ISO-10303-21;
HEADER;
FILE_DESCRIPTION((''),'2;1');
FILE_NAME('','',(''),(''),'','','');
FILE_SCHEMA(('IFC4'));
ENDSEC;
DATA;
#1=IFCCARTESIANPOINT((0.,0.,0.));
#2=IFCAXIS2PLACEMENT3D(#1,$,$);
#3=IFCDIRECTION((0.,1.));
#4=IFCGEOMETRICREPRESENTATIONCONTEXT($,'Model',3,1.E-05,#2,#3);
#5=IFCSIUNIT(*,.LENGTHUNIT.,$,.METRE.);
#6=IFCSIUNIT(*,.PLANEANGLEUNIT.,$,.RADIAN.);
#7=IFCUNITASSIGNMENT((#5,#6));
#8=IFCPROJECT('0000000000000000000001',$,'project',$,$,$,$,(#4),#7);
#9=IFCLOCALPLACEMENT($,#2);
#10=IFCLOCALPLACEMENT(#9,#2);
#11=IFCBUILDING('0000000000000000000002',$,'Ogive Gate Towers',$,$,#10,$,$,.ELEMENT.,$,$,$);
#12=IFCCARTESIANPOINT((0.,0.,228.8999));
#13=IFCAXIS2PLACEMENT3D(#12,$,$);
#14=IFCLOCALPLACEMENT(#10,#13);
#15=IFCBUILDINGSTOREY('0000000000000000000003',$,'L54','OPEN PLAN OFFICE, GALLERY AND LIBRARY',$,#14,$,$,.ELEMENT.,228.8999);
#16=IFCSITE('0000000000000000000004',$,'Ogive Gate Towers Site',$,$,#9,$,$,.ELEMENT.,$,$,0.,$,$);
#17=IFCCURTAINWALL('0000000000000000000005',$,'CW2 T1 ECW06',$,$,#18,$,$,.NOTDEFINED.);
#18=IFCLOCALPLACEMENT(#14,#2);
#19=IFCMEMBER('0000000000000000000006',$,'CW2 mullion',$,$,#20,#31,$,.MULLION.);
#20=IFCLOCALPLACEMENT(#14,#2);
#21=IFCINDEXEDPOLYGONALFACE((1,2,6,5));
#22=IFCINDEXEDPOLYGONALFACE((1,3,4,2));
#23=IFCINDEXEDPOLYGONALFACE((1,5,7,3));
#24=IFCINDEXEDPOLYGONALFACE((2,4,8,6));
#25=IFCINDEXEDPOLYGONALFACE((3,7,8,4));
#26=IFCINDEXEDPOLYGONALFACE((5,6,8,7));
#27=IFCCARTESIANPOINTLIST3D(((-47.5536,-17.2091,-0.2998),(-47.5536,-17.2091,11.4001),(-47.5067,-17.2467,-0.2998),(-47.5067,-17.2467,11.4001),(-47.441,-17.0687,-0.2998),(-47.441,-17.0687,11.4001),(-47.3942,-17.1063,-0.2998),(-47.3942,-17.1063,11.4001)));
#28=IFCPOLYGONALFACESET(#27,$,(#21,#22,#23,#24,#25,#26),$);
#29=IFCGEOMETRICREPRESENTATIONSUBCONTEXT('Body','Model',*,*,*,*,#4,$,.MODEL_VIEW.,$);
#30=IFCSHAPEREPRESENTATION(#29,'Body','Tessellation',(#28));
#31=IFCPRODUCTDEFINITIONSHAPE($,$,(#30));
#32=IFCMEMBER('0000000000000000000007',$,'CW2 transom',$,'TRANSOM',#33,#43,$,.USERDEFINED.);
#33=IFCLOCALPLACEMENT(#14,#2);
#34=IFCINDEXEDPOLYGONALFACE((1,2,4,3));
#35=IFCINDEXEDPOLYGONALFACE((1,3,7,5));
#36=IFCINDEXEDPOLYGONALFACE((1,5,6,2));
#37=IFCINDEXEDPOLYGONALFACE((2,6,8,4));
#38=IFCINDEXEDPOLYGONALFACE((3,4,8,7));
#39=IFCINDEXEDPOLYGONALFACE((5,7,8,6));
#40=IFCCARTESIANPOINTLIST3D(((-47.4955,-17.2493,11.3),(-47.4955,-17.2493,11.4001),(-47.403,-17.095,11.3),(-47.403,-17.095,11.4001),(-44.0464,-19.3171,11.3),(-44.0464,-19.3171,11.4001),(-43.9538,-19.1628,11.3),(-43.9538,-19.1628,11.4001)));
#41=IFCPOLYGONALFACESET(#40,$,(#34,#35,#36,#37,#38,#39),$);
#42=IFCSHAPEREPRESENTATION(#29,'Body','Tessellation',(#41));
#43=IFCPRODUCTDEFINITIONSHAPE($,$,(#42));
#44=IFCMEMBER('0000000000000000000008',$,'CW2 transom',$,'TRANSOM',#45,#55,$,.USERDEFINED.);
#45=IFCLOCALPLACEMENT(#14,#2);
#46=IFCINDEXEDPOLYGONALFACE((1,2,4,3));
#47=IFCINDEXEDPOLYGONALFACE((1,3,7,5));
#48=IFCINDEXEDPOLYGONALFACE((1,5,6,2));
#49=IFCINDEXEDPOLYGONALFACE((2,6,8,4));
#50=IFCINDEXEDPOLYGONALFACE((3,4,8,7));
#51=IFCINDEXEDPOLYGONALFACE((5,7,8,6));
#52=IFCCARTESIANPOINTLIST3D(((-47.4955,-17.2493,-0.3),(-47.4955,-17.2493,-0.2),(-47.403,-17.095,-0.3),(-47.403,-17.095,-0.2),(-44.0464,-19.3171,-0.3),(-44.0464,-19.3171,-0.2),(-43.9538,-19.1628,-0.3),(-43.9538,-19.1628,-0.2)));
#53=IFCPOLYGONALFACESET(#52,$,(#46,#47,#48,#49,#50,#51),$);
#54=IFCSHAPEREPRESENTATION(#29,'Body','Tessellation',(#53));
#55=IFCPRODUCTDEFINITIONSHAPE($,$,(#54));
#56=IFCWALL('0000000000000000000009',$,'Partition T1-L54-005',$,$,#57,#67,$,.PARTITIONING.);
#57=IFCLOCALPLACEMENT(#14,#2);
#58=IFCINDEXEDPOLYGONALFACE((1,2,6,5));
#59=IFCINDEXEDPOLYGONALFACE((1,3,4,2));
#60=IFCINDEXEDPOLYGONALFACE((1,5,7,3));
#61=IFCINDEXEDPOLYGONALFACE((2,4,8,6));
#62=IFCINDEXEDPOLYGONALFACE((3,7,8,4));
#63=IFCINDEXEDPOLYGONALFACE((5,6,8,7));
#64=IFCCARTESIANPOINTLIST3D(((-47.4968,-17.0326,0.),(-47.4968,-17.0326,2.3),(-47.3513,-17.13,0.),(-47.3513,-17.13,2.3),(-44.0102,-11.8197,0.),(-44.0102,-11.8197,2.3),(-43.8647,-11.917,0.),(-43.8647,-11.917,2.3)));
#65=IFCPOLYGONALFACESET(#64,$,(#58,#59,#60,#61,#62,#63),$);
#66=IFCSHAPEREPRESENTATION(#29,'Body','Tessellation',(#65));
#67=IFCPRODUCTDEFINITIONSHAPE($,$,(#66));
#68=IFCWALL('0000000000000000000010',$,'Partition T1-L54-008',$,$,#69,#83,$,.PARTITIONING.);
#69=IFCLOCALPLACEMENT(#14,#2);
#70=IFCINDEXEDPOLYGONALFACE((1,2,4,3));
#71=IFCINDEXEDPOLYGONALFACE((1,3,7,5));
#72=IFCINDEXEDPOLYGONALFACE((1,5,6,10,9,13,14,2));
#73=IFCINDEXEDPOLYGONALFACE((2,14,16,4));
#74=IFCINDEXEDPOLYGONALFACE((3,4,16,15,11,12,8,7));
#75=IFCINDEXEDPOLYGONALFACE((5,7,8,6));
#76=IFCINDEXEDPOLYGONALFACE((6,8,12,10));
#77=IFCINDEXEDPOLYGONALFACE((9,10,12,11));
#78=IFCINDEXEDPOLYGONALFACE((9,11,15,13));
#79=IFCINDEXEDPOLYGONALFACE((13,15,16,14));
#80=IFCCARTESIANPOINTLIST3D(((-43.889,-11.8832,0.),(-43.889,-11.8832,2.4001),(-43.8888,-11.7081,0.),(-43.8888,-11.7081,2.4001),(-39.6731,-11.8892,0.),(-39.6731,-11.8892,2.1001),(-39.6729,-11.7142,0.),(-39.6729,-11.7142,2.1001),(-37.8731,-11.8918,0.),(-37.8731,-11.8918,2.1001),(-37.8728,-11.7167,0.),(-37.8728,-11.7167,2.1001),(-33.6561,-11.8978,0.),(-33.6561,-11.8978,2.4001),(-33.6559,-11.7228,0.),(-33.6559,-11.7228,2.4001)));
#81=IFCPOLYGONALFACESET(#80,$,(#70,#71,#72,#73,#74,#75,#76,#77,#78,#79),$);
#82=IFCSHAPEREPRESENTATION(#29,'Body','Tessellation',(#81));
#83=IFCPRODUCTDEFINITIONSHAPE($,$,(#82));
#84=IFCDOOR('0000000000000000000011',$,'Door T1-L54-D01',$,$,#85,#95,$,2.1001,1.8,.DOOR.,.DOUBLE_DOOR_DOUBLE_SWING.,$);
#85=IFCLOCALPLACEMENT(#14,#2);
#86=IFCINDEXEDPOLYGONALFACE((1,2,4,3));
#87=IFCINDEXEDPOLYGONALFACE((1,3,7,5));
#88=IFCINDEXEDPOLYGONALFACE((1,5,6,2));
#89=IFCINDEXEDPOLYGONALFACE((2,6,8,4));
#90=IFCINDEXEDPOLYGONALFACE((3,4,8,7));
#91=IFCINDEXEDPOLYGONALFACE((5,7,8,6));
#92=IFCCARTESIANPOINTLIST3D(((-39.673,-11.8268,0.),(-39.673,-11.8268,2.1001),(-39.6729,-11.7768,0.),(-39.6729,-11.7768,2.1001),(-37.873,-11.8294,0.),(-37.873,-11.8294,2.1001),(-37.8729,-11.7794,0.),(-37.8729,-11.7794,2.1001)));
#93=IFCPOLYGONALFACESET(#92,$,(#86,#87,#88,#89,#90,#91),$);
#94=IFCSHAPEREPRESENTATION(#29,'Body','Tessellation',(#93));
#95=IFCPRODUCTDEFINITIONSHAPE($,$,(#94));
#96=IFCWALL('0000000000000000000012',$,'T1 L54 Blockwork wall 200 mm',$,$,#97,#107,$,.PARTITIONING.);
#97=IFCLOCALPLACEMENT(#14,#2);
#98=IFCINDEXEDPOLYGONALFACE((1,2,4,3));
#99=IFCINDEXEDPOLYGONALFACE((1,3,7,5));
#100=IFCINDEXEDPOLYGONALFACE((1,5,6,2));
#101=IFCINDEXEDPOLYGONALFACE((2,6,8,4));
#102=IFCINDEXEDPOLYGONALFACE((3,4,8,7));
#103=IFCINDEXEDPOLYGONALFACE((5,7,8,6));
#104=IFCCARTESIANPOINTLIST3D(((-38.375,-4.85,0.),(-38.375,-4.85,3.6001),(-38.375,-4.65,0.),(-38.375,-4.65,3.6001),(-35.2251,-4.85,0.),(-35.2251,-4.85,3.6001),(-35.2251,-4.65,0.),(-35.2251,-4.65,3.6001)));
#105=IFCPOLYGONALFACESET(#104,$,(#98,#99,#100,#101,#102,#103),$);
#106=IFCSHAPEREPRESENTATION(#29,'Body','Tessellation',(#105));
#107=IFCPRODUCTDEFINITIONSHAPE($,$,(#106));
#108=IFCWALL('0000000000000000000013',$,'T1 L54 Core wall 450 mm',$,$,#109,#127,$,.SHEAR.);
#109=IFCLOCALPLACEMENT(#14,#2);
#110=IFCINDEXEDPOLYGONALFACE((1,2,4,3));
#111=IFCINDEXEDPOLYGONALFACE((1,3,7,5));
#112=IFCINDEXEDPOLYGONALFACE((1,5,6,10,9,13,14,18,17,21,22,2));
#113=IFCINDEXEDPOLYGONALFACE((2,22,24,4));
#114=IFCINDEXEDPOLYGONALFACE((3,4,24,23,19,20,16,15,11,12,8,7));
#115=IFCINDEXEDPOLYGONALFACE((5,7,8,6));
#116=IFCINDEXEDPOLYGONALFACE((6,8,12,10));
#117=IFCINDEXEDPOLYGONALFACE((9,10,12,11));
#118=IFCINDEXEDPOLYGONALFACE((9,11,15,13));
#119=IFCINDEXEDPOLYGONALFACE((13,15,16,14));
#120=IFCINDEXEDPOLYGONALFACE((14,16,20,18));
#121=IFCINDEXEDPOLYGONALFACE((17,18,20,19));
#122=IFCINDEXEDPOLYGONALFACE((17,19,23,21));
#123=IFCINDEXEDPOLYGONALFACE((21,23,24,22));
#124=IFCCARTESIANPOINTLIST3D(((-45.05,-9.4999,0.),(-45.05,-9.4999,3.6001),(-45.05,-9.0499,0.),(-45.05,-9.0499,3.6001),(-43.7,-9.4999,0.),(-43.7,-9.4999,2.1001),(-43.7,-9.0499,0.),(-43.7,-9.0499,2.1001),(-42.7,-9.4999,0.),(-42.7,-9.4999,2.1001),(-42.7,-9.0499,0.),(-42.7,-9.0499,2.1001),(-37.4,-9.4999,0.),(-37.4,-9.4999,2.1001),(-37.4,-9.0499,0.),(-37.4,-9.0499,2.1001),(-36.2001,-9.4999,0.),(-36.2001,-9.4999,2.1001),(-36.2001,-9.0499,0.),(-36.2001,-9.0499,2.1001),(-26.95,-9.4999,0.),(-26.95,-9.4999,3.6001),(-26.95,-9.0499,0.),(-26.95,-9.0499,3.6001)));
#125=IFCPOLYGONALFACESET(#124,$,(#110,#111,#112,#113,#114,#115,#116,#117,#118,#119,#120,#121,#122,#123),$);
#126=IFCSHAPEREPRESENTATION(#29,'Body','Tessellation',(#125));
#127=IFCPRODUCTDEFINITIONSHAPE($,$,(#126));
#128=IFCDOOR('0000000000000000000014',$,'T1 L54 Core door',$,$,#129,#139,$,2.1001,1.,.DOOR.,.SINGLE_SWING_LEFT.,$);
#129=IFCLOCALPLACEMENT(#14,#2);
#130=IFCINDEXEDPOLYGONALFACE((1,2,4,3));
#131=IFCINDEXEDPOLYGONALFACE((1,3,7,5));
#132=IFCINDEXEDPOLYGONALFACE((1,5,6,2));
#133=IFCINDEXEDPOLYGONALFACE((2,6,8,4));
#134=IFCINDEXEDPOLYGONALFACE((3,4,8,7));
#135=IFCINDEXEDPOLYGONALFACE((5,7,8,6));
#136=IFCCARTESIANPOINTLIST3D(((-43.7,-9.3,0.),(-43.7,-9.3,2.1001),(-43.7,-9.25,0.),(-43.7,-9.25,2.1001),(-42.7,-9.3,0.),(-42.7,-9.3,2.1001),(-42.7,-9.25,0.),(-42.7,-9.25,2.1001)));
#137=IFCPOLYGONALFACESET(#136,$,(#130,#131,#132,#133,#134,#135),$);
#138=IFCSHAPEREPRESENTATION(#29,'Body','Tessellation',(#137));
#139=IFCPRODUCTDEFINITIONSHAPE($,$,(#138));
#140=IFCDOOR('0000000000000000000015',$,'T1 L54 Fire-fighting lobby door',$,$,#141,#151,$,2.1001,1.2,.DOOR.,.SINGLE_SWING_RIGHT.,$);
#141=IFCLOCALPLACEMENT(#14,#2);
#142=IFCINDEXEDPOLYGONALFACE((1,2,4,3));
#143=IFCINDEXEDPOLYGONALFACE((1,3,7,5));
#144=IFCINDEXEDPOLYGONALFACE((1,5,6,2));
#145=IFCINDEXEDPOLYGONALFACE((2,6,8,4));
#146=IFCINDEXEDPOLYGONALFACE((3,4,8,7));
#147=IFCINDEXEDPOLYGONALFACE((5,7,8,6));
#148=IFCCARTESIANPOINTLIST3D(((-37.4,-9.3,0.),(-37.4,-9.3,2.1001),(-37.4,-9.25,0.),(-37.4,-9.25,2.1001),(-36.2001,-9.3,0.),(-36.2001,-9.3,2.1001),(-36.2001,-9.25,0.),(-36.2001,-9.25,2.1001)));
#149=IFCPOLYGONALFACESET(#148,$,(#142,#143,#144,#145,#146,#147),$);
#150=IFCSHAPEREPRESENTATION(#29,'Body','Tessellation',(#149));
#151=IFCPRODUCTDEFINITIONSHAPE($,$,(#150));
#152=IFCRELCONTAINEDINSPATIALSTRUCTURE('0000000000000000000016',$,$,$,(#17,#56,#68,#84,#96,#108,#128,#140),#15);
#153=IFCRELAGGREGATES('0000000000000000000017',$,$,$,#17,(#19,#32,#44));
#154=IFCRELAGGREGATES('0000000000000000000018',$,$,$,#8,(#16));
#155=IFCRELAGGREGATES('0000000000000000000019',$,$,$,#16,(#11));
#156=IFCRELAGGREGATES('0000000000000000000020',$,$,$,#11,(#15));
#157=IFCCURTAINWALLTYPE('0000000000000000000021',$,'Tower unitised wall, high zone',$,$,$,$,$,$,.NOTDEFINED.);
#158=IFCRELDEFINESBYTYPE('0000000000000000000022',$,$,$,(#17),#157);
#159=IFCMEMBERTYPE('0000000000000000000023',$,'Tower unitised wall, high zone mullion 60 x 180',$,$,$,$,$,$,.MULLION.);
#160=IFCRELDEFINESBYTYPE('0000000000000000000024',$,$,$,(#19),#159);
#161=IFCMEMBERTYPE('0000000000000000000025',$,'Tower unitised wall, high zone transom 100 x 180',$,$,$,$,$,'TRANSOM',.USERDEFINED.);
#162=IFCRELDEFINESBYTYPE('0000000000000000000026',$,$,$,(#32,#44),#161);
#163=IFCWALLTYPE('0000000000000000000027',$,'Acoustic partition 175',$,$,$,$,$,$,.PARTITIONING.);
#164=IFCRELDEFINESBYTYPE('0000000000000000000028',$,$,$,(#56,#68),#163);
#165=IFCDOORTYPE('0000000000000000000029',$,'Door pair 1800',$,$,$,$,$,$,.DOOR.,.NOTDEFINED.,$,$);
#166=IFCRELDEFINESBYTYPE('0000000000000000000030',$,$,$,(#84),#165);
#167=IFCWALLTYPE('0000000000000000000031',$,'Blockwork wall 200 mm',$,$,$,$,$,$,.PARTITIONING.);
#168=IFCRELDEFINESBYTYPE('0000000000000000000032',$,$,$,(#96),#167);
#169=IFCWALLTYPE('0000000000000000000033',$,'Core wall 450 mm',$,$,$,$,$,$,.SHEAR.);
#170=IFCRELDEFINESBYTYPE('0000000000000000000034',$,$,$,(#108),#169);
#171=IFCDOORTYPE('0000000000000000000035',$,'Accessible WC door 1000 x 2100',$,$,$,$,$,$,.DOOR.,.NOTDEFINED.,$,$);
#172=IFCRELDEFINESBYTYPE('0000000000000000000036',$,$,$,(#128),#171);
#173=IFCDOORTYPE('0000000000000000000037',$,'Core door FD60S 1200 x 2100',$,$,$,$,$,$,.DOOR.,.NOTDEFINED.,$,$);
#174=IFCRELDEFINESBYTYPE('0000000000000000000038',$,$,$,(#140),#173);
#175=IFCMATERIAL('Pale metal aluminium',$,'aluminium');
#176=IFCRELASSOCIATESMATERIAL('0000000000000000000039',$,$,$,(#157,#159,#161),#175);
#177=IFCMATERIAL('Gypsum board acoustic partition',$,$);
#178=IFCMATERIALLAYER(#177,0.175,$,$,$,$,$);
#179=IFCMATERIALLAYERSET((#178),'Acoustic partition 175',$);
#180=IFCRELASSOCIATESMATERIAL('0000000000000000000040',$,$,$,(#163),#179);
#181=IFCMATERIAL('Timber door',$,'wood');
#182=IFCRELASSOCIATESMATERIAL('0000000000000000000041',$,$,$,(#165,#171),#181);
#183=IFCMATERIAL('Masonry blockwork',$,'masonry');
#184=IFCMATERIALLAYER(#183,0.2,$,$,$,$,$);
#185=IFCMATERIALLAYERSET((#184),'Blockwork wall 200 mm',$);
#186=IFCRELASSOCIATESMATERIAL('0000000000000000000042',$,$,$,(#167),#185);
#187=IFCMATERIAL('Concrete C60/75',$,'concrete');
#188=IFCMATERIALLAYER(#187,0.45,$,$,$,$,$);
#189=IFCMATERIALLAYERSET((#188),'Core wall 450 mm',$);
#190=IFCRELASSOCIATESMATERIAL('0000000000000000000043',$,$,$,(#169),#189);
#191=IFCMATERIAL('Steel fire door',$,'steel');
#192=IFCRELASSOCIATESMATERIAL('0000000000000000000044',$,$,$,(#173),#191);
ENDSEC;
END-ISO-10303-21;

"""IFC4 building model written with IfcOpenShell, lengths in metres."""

from ifc_helpers import new_model, si_unit, direction, frame, frame_2d, origin, origin_2d, place, context, subcontext, project, spatial, rectangle, extrude, material, layer, layer_set, material_profile, profile_set, type_object, element, fill, aggregate, save


model = new_model("IFC4")

# Units and contexts
model_context = context("Model", 3, precision=1e-05, world=origin(), true_north=direction((0.0, 1.0)))
body_context = subcontext(model_context, "Body", "Model", "MODEL_VIEW")
ifc_project = project(units=[si_unit("LENGTHUNIT", "METRE"), si_unit("PLANEANGLEUNIT", "RADIAN")], contexts=[model_context])

# Site, building, storey
site_placement = place(None, origin())
site = spatial("IfcSite", under=ifc_project, at=site_placement, Name="Ogive Gate Towers Site", CompositionType="ELEMENT", RefElevation=0.0)
building_placement = place(site_placement, origin())
building = spatial("IfcBuilding", under=site, at=building_placement, Name="Ogive Gate Towers", CompositionType="ELEMENT")
storey_placement = place(building_placement, frame((0.0, 0.0, 228.8999)))
storey = spatial("IfcBuildingStorey", under=building, at=storey_placement, Name="L54", Description="OPEN PLAN OFFICE, GALLERY AND LIBRARY", CompositionType="ELEMENT", Elevation=228.8999)

# Curtain wall, members
ifc_material_1 = material(Name="Pale metal aluminium", Category="aluminium")
curtain_wall_type = type_object("IfcCurtainWallType", Name="Tower unitised wall, high zone", PredefinedType="NOTDEFINED", material=ifc_material_1)
curtain_wall_placement = place(storey_placement, origin())
curtain_wall = element("IfcCurtainWall", 1, at=curtain_wall_placement, inside=storey, type_object=curtain_wall_type, Name="CW2 T1 ECW06", PredefinedType="NOTDEFINED")
ifc_material_profile_1 = material_profile(ifc_material_1, rectangle(XDim=0.1799, YDim=0.0601, at=origin_2d()), Name="60 x 180 aluminium box")
ifc_profile_set_1 = profile_set([ifc_material_profile_1], Name="Pale metal aluminium")
member_type_1 = type_object("IfcMemberType", Name="Tower unitised wall, high zone mullion 60 x 180", PredefinedType="MULLION", material=ifc_profile_set_1)
member_1_placement = place(storey_placement, frame((-47.4739, -17.1577, -0.2998), z_axis=(0.0, 0.0, 1.0), x_axis=(-0.625529, -0.780201, 0.0)))
member_1 = element("IfcMember", 2, at=member_1_placement, type_object=member_type_1, Name="CW2 mullion", PredefinedType="MULLION", context=body_context, shape_type="SweptSolid", body=[
    extrude(rectangle(XDim=0.1799, YDim=0.0601, at=origin_2d()), origin(), (0.0, 0.0, 1.0), 11.7),
])
ifc_material_profile_2 = material_profile(ifc_material_1, rectangle(XDim=0.1799, YDim=0.1001, at=origin_2d()), Name="100 x 180 aluminium box")
ifc_profile_set_2 = profile_set([ifc_material_profile_2], Name="Pale metal aluminium")
member_type_2 = type_object("IfcMemberType", Name="Tower unitised wall, high zone transom 100 x 180", ElementType="TRANSOM", PredefinedType="USERDEFINED", material=ifc_profile_set_2)
member_2_placement = place(storey_placement, frame((-47.4492, -17.1721, 11.3501), z_axis=(0.857675, -0.514192, 0.0), x_axis=(0.514192, 0.857675, 0.0)))
member_2 = element("IfcMember", 3, at=member_2_placement, type_object=member_type_2, Name="CW2 transom", ObjectType="TRANSOM", PredefinedType="USERDEFINED", context=body_context, shape_type="SweptSolid", body=[
    extrude(rectangle(XDim=0.1799, YDim=0.1001, at=origin_2d()), origin(), (0.0, 0.0, 1.0), 4.0215),
])
member_3_placement = place(storey_placement, frame((-47.4492, -17.1721, -0.25), z_axis=(0.857675, -0.514192, 0.0), x_axis=(0.514192, 0.857675, 0.0)))
member_3 = element("IfcMember", 4, at=member_3_placement, type_object=member_type_2, Name="CW2 transom", ObjectType="TRANSOM", PredefinedType="USERDEFINED", context=body_context, shape_type="SweptSolid", body=[
    extrude(rectangle(XDim=0.1799, YDim=0.1001, at=origin_2d()), origin(), (0.0, 0.0, 1.0), 4.0215),
])
aggregate(curtain_wall, [member_1, member_2, member_3])

# Wall
ifc_material_2 = material(Name="Gypsum board acoustic partition")
ifc_layer_1 = layer(ifc_material_2, 0.175)
ifc_layer_set_1 = layer_set([ifc_layer_1], Name="Acoustic partition 175")
wall_type_1 = type_object("IfcWallType", Name="Acoustic partition 175", PredefinedType="PARTITIONING", material=ifc_layer_set_1)
wall_1_placement = place(storey_placement, frame((-47.4241, -17.0813, 0.0), z_axis=(0.0, 0.0, 1.0), x_axis=(0.555948, 0.831217, 0.0)))
element("IfcWall", 5, at=wall_1_placement, inside=storey, type_object=wall_type_1, Name="Partition T1-L54-005", PredefinedType="PARTITIONING", context=body_context, shape_type="SweptSolid", body=[
    extrude(rectangle(XDim=6.2715, YDim=0.175, at=frame_2d((3.1357, 0.0))), origin(), (0.0, 0.0, 1.0), 2.3),
])

# Wall, opening, door
wall_2_placement = place(storey_placement, frame((-43.8889, -11.7957, 0.0), z_axis=(0.0, 0.0, 1.0), x_axis=(0.999999, -0.001432, 0.0)))
wall_2 = element("IfcWall", 6, at=wall_2_placement, inside=storey, type_object=wall_type_1, Name="Partition T1-L54-008", PredefinedType="PARTITIONING", context=body_context, shape_type="SweptSolid", body=[
    extrude(rectangle(XDim=10.2329, YDim=0.175, at=frame_2d((5.1165, 0.0))), origin(), (0.0, 0.0, 1.0), 2.4001),
])
opening_1_placement = place(wall_2_placement, frame((4.2161, 0.0, 0.0)))
opening_1 = element("IfcOpeningElement", 7, at=opening_1_placement, cuts=wall_2, PredefinedType="OPENING", context=body_context, shape_type="SweptSolid", body=[
    extrude(rectangle(XDim=1.8, YDim=2.1001, at=frame_2d((0.8999, 1.05))), frame((0.0, 0.0977, 0.0), z_axis=(0.0, -1.0, 0.0), x_axis=(1.0, 0.0, 0.0)), (0.0, 0.0, 1.0), 0.1951),
])
ifc_material_3 = material(Name="Timber door", Category="wood")
door_type_1 = type_object("IfcDoorType", Name="Door pair 1800", OperationType="NOTDEFINED", PredefinedType="DOOR", material=ifc_material_3)
door_1_placement = place(opening_1_placement, origin())
door_1 = element("IfcDoor", 8, at=door_1_placement, inside=storey, type_object=door_type_1, Name="Door T1-L54-D01", OperationType="DOUBLE_DOOR_DOUBLE_SWING", OverallHeight=2.1001, OverallWidth=1.8, PredefinedType="DOOR", context=body_context, shape_type="SweptSolid", body=[
    extrude(rectangle(XDim=1.8, YDim=2.1001, at=frame_2d((0.8999, 1.05))), frame((0.0, 0.0249, 0.0), z_axis=(0.0, -1.0, 0.0), x_axis=(1.0, 0.0, 0.0)), (0.0, 0.0, 1.0), 0.05),
])
fill(opening_1, door_1)

# Wall
ifc_material_4 = material(Name="Masonry blockwork", Category="masonry")
ifc_layer_2 = layer(ifc_material_4, 0.2)
ifc_layer_set_2 = layer_set([ifc_layer_2], Name="Blockwork wall 200 mm")
wall_type_2 = type_object("IfcWallType", Name="Blockwork wall 200 mm", PredefinedType="PARTITIONING", material=ifc_layer_set_2)
wall_3_placement = place(storey_placement, frame((-38.375, -4.75, 0.0), z_axis=(0.0, 0.0, 1.0), x_axis=(1.0, 0.0, 0.0)))
element("IfcWall", 9, at=wall_3_placement, inside=storey, type_object=wall_type_2, Name="T1 L54 Blockwork wall 200 mm", PredefinedType="PARTITIONING", context=body_context, shape_type="SweptSolid", body=[
    extrude(rectangle(XDim=3.1499, YDim=0.2, at=frame_2d((1.575, 0.0))), origin(), (0.0, 0.0, 1.0), 3.6001),
])

# Wall, openings, doors
ifc_material_5 = material(Name="Concrete C60/75", Category="concrete")
ifc_layer_3 = layer(ifc_material_5, 0.45)
ifc_layer_set_3 = layer_set([ifc_layer_3], Name="Core wall 450 mm")
wall_type_3 = type_object("IfcWallType", Name="Core wall 450 mm", PredefinedType="SHEAR", material=ifc_layer_set_3)
wall_4_placement = place(storey_placement, frame((-45.05, -9.2749, 0.0), z_axis=(0.0, 0.0, 1.0), x_axis=(1.0, 0.0, 0.0)))
wall_4 = element("IfcWall", 10, at=wall_4_placement, inside=storey, type_object=wall_type_3, Name="T1 L54 Core wall 450 mm", PredefinedType="SHEAR", context=body_context, shape_type="SweptSolid", body=[
    extrude(rectangle(XDim=18.1001, YDim=0.45, at=frame_2d((9.05, 0.0))), origin(), (0.0, 0.0, 1.0), 3.6001),
])
opening_2_placement = place(wall_4_placement, frame((7.6499, 0.0, 0.0)))
opening_2 = element("IfcOpeningElement", 11, at=opening_2_placement, cuts=wall_4, PredefinedType="OPENING", context=body_context, shape_type="SweptSolid", body=[
    extrude(rectangle(XDim=1.2, YDim=2.1001, at=frame_2d((0.6001, 1.05))), frame((0.0, 0.2349, 0.0), z_axis=(0.0, -1.0, 0.0), x_axis=(1.0, 0.0, 0.0)), (0.0, 0.0, 1.0), 0.47),
])
opening_3_placement = place(wall_4_placement, frame((1.3501, 0.0, 0.0)))
opening_3 = element("IfcOpeningElement", 12, at=opening_3_placement, cuts=wall_4, PredefinedType="OPENING", context=body_context, shape_type="SweptSolid", body=[
    extrude(rectangle(XDim=1.0, YDim=2.1001, at=frame_2d((0.5, 1.05))), frame((0.0, 0.2349, 0.0), z_axis=(0.0, -1.0, 0.0), x_axis=(1.0, 0.0, 0.0)), (0.0, 0.0, 1.0), 0.47),
])
door_type_2 = type_object("IfcDoorType", Name="Accessible WC door 1000 x 2100", OperationType="NOTDEFINED", PredefinedType="DOOR", material=ifc_material_3)
door_2_placement = place(opening_3_placement, origin())
door_2 = element("IfcDoor", 13, at=door_2_placement, inside=storey, type_object=door_type_2, Name="T1 L54 Core door", OperationType="SINGLE_SWING_LEFT", OverallHeight=2.1001, OverallWidth=1.0, PredefinedType="DOOR", context=body_context, shape_type="SweptSolid", body=[
    extrude(rectangle(XDim=1.0, YDim=2.1001, at=frame_2d((0.5, 1.05))), frame((0.0, 0.0249, 0.0), z_axis=(0.0, -1.0, 0.0), x_axis=(1.0, 0.0, 0.0)), (0.0, 0.0, 1.0), 0.05),
])
fill(opening_3, door_2)
ifc_material_6 = material(Name="Steel fire door", Category="steel")
door_type_3 = type_object("IfcDoorType", Name="Core door FD60S 1200 x 2100", OperationType="NOTDEFINED", PredefinedType="DOOR", material=ifc_material_6)
door_3_placement = place(opening_2_placement, origin())
door_3 = element("IfcDoor", 14, at=door_3_placement, inside=storey, type_object=door_type_3, Name="T1 L54 Fire-fighting lobby door", OperationType="SINGLE_SWING_RIGHT", OverallHeight=2.1001, OverallWidth=1.2, PredefinedType="DOOR", context=body_context, shape_type="SweptSolid", body=[
    extrude(rectangle(XDim=1.2, YDim=2.1001, at=frame_2d((0.6001, 1.05))), frame((0.0, 0.0249, 0.0), z_axis=(0.0, -1.0, 0.0), x_axis=(1.0, 0.0, 0.0)), (0.0, 0.0, 1.0), 0.05),
])
fill(opening_2, door_3)

save(model, "model.ifc")
